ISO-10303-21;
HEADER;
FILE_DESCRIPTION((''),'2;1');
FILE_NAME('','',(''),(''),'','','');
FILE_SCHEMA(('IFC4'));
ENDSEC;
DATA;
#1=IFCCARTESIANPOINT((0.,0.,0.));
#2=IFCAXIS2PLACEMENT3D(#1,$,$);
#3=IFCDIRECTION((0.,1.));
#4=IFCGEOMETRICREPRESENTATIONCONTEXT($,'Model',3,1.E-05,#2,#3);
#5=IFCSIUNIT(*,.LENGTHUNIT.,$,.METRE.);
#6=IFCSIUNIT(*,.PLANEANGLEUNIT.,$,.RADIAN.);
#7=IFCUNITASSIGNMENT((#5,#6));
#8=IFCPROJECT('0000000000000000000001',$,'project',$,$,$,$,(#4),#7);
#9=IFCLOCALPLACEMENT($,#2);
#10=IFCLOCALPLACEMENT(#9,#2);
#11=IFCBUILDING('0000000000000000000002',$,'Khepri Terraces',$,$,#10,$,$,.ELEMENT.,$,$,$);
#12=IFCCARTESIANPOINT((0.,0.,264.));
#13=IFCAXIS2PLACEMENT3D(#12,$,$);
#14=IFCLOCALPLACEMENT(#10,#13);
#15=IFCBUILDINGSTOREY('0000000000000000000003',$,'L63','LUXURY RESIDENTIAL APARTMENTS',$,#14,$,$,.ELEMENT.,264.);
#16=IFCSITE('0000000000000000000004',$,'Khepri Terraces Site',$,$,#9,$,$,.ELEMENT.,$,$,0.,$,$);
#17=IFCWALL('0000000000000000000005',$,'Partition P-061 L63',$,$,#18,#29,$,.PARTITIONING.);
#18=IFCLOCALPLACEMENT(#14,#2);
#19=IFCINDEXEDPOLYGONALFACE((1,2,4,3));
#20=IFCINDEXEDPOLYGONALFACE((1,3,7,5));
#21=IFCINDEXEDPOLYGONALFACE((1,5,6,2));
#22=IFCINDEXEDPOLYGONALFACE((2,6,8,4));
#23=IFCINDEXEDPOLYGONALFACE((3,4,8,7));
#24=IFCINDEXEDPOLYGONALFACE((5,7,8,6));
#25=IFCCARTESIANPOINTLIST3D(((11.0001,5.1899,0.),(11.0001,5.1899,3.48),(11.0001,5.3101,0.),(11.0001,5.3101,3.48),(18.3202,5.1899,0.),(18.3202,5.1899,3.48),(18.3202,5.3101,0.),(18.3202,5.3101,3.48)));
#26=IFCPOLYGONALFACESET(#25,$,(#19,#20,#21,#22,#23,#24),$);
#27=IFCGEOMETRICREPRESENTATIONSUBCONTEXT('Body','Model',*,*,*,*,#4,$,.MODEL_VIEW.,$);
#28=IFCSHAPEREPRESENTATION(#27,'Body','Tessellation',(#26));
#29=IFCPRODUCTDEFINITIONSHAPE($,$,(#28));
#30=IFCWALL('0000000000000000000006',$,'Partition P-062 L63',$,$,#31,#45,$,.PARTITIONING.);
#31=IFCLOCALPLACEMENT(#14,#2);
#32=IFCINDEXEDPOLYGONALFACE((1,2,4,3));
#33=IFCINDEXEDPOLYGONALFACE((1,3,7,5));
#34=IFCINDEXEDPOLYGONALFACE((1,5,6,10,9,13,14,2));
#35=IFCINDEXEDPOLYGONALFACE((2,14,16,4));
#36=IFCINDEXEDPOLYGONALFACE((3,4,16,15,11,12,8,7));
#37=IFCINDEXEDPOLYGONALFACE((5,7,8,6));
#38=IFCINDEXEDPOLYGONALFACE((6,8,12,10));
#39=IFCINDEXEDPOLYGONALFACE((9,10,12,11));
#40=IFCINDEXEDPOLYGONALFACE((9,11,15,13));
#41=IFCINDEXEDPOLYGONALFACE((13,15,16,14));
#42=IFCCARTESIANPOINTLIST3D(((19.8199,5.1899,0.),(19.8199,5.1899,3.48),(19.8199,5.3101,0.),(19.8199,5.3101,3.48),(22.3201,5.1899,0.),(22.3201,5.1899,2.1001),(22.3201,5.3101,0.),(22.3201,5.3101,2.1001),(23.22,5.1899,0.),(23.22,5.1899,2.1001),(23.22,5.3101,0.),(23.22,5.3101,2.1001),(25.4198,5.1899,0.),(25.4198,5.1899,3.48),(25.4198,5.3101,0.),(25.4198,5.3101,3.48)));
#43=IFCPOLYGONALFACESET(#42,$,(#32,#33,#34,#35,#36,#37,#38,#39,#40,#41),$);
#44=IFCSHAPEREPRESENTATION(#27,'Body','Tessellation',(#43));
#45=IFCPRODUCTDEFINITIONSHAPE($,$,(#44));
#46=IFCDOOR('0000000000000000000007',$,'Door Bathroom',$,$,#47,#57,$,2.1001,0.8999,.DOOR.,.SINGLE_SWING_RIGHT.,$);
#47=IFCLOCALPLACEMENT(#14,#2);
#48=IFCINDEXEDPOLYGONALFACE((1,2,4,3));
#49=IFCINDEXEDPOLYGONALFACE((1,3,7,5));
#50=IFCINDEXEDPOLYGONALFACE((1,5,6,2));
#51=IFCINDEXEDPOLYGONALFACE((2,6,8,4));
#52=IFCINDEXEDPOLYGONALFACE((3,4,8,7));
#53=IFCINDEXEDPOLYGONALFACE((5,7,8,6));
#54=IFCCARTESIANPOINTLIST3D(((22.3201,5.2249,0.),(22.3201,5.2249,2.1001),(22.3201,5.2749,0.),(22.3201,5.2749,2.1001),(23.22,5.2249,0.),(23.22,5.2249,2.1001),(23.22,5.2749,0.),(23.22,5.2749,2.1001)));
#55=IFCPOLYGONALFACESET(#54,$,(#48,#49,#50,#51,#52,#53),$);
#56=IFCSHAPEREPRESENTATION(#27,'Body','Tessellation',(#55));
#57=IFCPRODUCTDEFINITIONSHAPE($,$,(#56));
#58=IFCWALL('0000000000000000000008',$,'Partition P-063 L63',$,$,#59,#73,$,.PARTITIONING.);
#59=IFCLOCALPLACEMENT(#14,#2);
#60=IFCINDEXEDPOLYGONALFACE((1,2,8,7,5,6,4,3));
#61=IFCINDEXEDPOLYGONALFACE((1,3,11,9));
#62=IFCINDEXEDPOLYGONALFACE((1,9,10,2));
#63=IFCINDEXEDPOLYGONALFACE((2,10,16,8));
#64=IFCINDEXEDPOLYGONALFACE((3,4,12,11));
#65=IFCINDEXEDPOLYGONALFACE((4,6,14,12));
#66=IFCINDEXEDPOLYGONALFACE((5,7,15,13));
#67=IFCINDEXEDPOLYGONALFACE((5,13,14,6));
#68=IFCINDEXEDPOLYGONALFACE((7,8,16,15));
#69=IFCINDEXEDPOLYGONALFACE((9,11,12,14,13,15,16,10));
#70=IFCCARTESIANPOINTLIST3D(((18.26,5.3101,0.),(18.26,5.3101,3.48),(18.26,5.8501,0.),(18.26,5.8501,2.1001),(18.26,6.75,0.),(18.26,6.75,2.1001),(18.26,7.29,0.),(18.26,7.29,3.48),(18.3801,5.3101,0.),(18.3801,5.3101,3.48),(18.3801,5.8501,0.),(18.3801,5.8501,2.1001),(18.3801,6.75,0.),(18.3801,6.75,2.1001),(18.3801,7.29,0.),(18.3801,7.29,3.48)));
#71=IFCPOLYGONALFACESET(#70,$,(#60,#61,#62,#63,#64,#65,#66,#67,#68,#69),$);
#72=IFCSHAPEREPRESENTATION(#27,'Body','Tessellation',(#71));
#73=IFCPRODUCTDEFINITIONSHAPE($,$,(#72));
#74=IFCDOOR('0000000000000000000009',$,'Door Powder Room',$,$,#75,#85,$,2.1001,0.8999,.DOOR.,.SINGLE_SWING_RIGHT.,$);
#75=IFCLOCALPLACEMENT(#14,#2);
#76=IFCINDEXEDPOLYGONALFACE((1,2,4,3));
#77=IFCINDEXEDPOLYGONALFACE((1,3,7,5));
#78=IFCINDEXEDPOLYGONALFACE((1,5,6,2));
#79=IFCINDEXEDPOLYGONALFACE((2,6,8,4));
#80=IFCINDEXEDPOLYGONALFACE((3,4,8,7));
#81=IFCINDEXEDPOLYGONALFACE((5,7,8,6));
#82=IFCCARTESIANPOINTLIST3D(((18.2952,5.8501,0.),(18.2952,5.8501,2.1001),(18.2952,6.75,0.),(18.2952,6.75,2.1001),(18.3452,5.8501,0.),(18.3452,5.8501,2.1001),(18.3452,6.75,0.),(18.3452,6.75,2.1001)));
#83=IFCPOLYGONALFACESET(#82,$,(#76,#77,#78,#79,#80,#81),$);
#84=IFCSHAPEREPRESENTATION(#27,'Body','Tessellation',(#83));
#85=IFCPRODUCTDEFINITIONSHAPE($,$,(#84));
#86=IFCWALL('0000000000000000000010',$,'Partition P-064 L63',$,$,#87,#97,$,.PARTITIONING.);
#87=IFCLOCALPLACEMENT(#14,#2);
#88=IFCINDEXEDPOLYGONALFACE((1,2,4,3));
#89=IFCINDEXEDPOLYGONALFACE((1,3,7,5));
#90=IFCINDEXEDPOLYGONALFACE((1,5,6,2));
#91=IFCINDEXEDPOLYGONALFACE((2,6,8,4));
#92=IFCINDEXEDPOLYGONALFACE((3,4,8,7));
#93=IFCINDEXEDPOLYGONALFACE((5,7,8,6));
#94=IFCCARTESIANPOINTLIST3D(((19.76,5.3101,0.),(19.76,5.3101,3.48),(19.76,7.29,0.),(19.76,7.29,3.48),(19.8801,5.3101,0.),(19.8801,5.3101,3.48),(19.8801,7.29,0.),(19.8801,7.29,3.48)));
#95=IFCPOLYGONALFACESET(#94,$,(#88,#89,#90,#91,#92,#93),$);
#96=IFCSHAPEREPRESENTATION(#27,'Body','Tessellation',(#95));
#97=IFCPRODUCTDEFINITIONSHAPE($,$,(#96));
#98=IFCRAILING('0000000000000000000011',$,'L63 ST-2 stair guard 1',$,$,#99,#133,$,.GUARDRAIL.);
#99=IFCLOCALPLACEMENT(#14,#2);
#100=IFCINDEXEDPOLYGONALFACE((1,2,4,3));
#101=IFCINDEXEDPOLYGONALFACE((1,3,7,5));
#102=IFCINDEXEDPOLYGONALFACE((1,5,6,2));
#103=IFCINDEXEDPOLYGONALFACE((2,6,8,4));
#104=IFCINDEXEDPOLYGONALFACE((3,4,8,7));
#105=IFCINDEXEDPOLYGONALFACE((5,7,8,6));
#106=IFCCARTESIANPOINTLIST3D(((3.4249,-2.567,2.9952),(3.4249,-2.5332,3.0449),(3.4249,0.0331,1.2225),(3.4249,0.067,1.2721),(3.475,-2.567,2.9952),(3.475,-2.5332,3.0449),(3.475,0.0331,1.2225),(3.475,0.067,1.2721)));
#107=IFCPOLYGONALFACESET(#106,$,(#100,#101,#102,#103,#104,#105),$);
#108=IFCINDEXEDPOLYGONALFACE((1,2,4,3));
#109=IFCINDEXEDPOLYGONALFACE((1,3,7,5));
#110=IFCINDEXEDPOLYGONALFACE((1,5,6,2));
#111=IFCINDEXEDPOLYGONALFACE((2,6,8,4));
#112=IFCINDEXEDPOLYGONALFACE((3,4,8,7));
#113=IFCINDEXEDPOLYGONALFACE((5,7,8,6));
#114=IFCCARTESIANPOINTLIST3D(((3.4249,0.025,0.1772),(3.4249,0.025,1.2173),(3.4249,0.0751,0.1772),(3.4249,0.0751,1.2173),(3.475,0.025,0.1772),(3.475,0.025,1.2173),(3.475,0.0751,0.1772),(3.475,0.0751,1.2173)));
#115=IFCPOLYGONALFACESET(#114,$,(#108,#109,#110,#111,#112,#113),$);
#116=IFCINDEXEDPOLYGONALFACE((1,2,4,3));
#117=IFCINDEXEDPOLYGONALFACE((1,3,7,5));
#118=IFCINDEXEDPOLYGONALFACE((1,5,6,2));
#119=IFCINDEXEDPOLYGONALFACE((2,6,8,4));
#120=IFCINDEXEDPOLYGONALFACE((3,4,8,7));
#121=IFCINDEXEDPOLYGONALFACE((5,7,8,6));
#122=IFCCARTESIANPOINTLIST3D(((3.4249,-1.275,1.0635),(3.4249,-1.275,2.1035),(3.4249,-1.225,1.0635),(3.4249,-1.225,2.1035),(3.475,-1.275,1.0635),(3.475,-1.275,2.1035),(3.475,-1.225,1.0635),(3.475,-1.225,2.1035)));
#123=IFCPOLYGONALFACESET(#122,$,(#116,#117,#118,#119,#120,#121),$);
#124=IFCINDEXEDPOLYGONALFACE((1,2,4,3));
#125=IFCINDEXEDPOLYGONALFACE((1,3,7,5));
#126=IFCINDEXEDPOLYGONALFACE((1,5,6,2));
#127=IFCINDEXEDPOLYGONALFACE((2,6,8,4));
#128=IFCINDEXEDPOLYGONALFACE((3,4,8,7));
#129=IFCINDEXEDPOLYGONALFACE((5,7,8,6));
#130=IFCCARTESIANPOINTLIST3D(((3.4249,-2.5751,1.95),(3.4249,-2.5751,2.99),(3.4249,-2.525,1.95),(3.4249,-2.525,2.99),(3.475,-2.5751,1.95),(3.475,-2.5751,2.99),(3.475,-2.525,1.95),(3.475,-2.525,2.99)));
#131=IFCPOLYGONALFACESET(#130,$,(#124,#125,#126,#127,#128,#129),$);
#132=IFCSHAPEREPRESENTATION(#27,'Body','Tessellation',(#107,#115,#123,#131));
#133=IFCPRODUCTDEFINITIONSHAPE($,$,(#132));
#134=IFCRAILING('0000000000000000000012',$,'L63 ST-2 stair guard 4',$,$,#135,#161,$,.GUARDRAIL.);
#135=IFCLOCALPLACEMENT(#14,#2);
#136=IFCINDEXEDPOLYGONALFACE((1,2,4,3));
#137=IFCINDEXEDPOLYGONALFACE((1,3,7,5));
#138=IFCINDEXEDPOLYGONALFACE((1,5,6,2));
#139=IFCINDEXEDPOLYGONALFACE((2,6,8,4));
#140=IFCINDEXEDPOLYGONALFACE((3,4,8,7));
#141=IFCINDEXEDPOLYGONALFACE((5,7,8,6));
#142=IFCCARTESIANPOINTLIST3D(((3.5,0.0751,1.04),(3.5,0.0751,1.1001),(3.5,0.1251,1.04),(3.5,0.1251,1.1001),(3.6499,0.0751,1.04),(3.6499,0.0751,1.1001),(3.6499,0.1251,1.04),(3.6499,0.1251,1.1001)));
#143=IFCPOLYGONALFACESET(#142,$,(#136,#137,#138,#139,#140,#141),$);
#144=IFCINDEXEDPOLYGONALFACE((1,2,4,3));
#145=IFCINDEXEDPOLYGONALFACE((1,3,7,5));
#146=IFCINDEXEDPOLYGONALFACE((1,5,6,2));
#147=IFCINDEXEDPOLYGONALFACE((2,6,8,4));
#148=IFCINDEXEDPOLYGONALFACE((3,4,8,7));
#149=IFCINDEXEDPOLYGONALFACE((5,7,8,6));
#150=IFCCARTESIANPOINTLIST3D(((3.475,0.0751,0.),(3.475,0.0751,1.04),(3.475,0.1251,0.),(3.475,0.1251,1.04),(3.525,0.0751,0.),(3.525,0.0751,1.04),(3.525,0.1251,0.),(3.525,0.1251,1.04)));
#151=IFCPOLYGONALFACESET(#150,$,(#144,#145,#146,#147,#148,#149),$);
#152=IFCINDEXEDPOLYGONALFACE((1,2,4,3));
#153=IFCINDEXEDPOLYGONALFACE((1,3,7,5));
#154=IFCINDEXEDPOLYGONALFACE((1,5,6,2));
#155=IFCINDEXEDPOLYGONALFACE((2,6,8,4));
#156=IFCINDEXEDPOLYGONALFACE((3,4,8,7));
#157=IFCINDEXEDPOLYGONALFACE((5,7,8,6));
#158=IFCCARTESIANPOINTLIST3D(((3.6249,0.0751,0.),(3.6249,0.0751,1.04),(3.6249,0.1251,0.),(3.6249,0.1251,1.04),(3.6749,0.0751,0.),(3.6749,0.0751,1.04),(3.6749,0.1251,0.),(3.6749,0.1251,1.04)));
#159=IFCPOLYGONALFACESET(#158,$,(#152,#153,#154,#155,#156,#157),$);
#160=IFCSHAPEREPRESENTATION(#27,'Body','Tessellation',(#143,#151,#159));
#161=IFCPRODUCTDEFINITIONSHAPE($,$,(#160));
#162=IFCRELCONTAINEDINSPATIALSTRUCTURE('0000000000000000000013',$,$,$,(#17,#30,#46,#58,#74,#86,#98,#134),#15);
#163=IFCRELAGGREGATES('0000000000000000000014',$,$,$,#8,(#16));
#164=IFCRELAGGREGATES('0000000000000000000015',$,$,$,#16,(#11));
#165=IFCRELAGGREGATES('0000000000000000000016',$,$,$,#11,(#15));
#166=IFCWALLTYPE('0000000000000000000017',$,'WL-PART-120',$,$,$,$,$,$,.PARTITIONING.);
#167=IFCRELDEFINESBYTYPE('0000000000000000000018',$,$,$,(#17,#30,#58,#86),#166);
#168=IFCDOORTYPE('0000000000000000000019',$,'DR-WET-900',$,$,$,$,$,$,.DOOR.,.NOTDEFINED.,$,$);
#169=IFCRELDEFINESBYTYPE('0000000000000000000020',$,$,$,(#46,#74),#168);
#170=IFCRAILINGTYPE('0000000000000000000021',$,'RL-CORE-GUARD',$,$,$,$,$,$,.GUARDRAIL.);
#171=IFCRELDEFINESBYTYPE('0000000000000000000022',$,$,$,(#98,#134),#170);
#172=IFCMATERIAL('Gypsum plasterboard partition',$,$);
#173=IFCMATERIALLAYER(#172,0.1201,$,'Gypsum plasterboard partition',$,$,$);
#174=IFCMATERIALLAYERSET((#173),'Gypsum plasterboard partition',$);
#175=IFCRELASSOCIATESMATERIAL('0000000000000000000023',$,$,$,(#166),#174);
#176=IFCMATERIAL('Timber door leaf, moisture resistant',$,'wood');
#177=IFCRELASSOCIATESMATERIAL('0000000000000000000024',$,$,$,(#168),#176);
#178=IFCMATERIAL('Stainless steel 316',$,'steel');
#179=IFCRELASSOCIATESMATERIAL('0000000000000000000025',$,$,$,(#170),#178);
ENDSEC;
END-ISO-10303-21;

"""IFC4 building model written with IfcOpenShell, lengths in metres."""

from ifc_helpers import new_model, si_unit, direction, frame, frame_2d, origin, origin_2d, place, context, subcontext, project, spatial, rectangle, extrude, material, layer, layer_set, type_object, element, fill, save


model = new_model("IFC4")

# Units and contexts
model_context = context("Model", 3, precision=1e-05, world=origin(), true_north=direction((0.0, 1.0)))
body_context = subcontext(model_context, "Body", "Model", "MODEL_VIEW")
ifc_project = project(units=[si_unit("LENGTHUNIT", "METRE"), si_unit("PLANEANGLEUNIT", "RADIAN")], contexts=[model_context])

# Site, building, storey
site_placement = place(None, origin())
site = spatial("IfcSite", under=ifc_project, at=site_placement, Name="Khepri Terraces Site", CompositionType="ELEMENT", RefElevation=0.0)
building_placement = place(site_placement, origin())
building = spatial("IfcBuilding", under=site, at=building_placement, Name="Khepri Terraces", CompositionType="ELEMENT")
storey_placement = place(building_placement, frame((0.0, 0.0, 264.0)))
storey = spatial("IfcBuildingStorey", under=building, at=storey_placement, Name="L63", Description="LUXURY RESIDENTIAL APARTMENTS", CompositionType="ELEMENT", Elevation=264.0)

# Shared definitions
ifc_material_1 = material(Name="Gypsum plasterboard partition")
ifc_layer_1 = layer(ifc_material_1, 0.1201, Name="Gypsum plasterboard partition")
ifc_layer_set_1 = layer_set([ifc_layer_1], Name="Gypsum plasterboard partition")
wall_type_1 = type_object("IfcWallType", Name="WL-PART-120", PredefinedType="PARTITIONING", material=ifc_layer_set_1)

# Wall
wall_1_placement = place(storey_placement, frame((11.0, 5.25, 0.0), z_axis=(0.0, 0.0, 1.0), x_axis=(1.0, 0.0, 0.0)))
element("IfcWall", 1, at=wall_1_placement, inside=storey, type_object=wall_type_1, Name="Partition P-061 L63", PredefinedType="PARTITIONING", context=body_context, shape_type="SweptSolid", body=[
    extrude(rectangle(XDim=7.3201, YDim=0.1201, at=frame_2d((3.6602, 0.0))), origin(), (0.0, 0.0, 1.0), 3.48),
])

# Walls, openings, doors
wall_2_placement = place(storey_placement, frame((19.8201, 5.25, 0.0), z_axis=(0.0, 0.0, 1.0), x_axis=(1.0, 0.0, 0.0)))
wall_2 = element("IfcWall", 2, at=wall_2_placement, inside=storey, type_object=wall_type_1, Name="Partition P-062 L63", PredefinedType="PARTITIONING", context=body_context, shape_type="SweptSolid", body=[
    extrude(rectangle(XDim=5.5999, YDim=0.1201, at=frame_2d((2.7998, 0.0))), origin(), (0.0, 0.0, 1.0), 3.48),
])
opening_1_placement = place(wall_2_placement, frame((2.5, 0.0, 0.0)))
opening_1 = element("IfcOpeningElement", 3, at=opening_1_placement, cuts=wall_2, PredefinedType="OPENING", context=body_context, shape_type="SweptSolid", body=[
    extrude(rectangle(XDim=0.8999, YDim=2.1001, at=frame_2d((0.45, 1.05))), frame((0.0, 0.0701, 0.0), z_axis=(0.0, -1.0, 0.0), x_axis=(1.0, 0.0, 0.0)), (0.0, 0.0, 1.0), 0.1401),
])
ifc_material_2 = material(Name="Timber door leaf, moisture resistant", Category="wood")
door_type_1 = type_object("IfcDoorType", Name="DR-WET-900", OperationType="NOTDEFINED", PredefinedType="DOOR", material=ifc_material_2)
door_1_placement = place(opening_1_placement, origin())
door_1 = element("IfcDoor", 4, at=door_1_placement, inside=storey, type_object=door_type_1, Name="Door Bathroom", OperationType="SINGLE_SWING_RIGHT", OverallHeight=2.1001, OverallWidth=0.8999, PredefinedType="DOOR", context=body_context, shape_type="SweptSolid", body=[
    extrude(rectangle(XDim=0.8999, YDim=2.1001, at=frame_2d((0.45, 1.05))), frame((0.0, 0.0249, 0.0), z_axis=(0.0, -1.0, 0.0), x_axis=(1.0, 0.0, 0.0)), (0.0, 0.0, 1.0), 0.05),
])
fill(opening_1, door_1)
wall_3_placement = place(storey_placement, frame((18.3201, 5.3101, 0.0), z_axis=(0.0, 0.0, 1.0), x_axis=(0.0, 1.0, 0.0)))
wall_3 = element("IfcWall", 5, at=wall_3_placement, inside=storey, type_object=wall_type_1, Name="Partition P-063 L63", PredefinedType="PARTITIONING", context=body_context, shape_type="SweptSolid", body=[
    extrude(rectangle(XDim=1.98, YDim=0.1201, at=frame_2d((0.99, 0.0))), origin(), (0.0, 0.0, 1.0), 3.48),
])
opening_2_placement = place(wall_3_placement, frame((0.54, 0.0, 0.0)))
opening_2 = element("IfcOpeningElement", 6, at=opening_2_placement, cuts=wall_3, PredefinedType="OPENING", context=body_context, shape_type="SweptSolid", body=[
    extrude(rectangle(XDim=0.8999, YDim=2.1001, at=frame_2d((0.45, 1.05))), frame((0.0, 0.0701, 0.0), z_axis=(0.0, -1.0, 0.0), x_axis=(1.0, 0.0, 0.0)), (0.0, 0.0, 1.0), 0.1401),
])
door_2_placement = place(opening_2_placement, origin())
door_2 = element("IfcDoor", 7, at=door_2_placement, inside=storey, type_object=door_type_1, Name="Door Powder Room", OperationType="SINGLE_SWING_RIGHT", OverallHeight=2.1001, OverallWidth=0.8999, PredefinedType="DOOR", context=body_context, shape_type="SweptSolid", body=[
    extrude(rectangle(XDim=0.8999, YDim=2.1001, at=frame_2d((0.45, 1.05))), frame((0.0, 0.0249, 0.0), z_axis=(0.0, -1.0, 0.0), x_axis=(1.0, 0.0, 0.0)), (0.0, 0.0, 1.0), 0.05),
])
fill(opening_2, door_2)

# Wall
wall_4_placement = place(storey_placement, frame((19.8201, 5.3101, 0.0), z_axis=(0.0, 0.0, 1.0), x_axis=(0.0, 1.0, 0.0)))
element("IfcWall", 8, at=wall_4_placement, inside=storey, type_object=wall_type_1, Name="Partition P-064 L63", PredefinedType="PARTITIONING", context=body_context, shape_type="SweptSolid", body=[
    extrude(rectangle(XDim=1.98, YDim=0.1201, at=frame_2d((0.99, 0.0))), origin(), (0.0, 0.0, 1.0), 3.48),
])

# Railings
ifc_material_3 = material(Name="Stainless steel 316", Category="steel")
railing_type = type_object("IfcRailingType", Name="RL-CORE-GUARD", PredefinedType="GUARDRAIL", material=ifc_material_3)
railing_1_placement = place(storey_placement, frame((3.45, 0.05, 0.1772)))
element("IfcRailing", 9, at=railing_1_placement, inside=storey, type_object=railing_type, Name="L63 ST-2 stair guard 1", PredefinedType="GUARDRAIL", context=body_context, shape_type="SweptSolid", body=[
    extrude(rectangle(XDim=0.05, YDim=0.0601, at=origin_2d()), frame((0.0, 0.0, 1.0701), z_axis=(0.0, -0.82624, 0.563318), x_axis=(1.0, 0.0, 0.0)), (0.0, 0.0, 1.0), 3.147),
    extrude(rectangle(XDim=0.05, YDim=0.05, at=origin_2d()), origin(), (0.0, 0.0, 1.0), 1.04),
    extrude(rectangle(XDim=0.05, YDim=0.05, at=origin_2d()), frame((0.0, -1.3, 0.8862)), (0.0, 0.0, 1.0), 1.04),
    extrude(rectangle(XDim=0.05, YDim=0.05, at=origin_2d()), frame((0.0, -2.6001, 1.7727)), (0.0, 0.0, 1.0), 1.04),
])
railing_2_placement = place(storey_placement, frame((3.5, 0.1001, 0.0)))
element("IfcRailing", 10, at=railing_2_placement, inside=storey, type_object=railing_type, Name="L63 ST-2 stair guard 4", PredefinedType="GUARDRAIL", context=body_context, shape_type="SweptSolid", body=[
    extrude(rectangle(XDim=0.05, YDim=0.0601, at=origin_2d()), frame((0.0, 0.0, 1.0701), z_axis=(1.0, 0.0, 0.0), x_axis=(0.0, 1.0, 0.0)), (0.0, 0.0, 1.0), 0.1499),
    extrude(rectangle(XDim=0.05, YDim=0.05, at=origin_2d()), origin(), (0.0, 0.0, 1.0), 1.04),
    extrude(rectangle(XDim=0.05, YDim=0.05, at=origin_2d()), frame((0.1499, 0.0, 0.0)), (0.0, 0.0, 1.0), 1.04),
])

save(model, "model.ifc")
